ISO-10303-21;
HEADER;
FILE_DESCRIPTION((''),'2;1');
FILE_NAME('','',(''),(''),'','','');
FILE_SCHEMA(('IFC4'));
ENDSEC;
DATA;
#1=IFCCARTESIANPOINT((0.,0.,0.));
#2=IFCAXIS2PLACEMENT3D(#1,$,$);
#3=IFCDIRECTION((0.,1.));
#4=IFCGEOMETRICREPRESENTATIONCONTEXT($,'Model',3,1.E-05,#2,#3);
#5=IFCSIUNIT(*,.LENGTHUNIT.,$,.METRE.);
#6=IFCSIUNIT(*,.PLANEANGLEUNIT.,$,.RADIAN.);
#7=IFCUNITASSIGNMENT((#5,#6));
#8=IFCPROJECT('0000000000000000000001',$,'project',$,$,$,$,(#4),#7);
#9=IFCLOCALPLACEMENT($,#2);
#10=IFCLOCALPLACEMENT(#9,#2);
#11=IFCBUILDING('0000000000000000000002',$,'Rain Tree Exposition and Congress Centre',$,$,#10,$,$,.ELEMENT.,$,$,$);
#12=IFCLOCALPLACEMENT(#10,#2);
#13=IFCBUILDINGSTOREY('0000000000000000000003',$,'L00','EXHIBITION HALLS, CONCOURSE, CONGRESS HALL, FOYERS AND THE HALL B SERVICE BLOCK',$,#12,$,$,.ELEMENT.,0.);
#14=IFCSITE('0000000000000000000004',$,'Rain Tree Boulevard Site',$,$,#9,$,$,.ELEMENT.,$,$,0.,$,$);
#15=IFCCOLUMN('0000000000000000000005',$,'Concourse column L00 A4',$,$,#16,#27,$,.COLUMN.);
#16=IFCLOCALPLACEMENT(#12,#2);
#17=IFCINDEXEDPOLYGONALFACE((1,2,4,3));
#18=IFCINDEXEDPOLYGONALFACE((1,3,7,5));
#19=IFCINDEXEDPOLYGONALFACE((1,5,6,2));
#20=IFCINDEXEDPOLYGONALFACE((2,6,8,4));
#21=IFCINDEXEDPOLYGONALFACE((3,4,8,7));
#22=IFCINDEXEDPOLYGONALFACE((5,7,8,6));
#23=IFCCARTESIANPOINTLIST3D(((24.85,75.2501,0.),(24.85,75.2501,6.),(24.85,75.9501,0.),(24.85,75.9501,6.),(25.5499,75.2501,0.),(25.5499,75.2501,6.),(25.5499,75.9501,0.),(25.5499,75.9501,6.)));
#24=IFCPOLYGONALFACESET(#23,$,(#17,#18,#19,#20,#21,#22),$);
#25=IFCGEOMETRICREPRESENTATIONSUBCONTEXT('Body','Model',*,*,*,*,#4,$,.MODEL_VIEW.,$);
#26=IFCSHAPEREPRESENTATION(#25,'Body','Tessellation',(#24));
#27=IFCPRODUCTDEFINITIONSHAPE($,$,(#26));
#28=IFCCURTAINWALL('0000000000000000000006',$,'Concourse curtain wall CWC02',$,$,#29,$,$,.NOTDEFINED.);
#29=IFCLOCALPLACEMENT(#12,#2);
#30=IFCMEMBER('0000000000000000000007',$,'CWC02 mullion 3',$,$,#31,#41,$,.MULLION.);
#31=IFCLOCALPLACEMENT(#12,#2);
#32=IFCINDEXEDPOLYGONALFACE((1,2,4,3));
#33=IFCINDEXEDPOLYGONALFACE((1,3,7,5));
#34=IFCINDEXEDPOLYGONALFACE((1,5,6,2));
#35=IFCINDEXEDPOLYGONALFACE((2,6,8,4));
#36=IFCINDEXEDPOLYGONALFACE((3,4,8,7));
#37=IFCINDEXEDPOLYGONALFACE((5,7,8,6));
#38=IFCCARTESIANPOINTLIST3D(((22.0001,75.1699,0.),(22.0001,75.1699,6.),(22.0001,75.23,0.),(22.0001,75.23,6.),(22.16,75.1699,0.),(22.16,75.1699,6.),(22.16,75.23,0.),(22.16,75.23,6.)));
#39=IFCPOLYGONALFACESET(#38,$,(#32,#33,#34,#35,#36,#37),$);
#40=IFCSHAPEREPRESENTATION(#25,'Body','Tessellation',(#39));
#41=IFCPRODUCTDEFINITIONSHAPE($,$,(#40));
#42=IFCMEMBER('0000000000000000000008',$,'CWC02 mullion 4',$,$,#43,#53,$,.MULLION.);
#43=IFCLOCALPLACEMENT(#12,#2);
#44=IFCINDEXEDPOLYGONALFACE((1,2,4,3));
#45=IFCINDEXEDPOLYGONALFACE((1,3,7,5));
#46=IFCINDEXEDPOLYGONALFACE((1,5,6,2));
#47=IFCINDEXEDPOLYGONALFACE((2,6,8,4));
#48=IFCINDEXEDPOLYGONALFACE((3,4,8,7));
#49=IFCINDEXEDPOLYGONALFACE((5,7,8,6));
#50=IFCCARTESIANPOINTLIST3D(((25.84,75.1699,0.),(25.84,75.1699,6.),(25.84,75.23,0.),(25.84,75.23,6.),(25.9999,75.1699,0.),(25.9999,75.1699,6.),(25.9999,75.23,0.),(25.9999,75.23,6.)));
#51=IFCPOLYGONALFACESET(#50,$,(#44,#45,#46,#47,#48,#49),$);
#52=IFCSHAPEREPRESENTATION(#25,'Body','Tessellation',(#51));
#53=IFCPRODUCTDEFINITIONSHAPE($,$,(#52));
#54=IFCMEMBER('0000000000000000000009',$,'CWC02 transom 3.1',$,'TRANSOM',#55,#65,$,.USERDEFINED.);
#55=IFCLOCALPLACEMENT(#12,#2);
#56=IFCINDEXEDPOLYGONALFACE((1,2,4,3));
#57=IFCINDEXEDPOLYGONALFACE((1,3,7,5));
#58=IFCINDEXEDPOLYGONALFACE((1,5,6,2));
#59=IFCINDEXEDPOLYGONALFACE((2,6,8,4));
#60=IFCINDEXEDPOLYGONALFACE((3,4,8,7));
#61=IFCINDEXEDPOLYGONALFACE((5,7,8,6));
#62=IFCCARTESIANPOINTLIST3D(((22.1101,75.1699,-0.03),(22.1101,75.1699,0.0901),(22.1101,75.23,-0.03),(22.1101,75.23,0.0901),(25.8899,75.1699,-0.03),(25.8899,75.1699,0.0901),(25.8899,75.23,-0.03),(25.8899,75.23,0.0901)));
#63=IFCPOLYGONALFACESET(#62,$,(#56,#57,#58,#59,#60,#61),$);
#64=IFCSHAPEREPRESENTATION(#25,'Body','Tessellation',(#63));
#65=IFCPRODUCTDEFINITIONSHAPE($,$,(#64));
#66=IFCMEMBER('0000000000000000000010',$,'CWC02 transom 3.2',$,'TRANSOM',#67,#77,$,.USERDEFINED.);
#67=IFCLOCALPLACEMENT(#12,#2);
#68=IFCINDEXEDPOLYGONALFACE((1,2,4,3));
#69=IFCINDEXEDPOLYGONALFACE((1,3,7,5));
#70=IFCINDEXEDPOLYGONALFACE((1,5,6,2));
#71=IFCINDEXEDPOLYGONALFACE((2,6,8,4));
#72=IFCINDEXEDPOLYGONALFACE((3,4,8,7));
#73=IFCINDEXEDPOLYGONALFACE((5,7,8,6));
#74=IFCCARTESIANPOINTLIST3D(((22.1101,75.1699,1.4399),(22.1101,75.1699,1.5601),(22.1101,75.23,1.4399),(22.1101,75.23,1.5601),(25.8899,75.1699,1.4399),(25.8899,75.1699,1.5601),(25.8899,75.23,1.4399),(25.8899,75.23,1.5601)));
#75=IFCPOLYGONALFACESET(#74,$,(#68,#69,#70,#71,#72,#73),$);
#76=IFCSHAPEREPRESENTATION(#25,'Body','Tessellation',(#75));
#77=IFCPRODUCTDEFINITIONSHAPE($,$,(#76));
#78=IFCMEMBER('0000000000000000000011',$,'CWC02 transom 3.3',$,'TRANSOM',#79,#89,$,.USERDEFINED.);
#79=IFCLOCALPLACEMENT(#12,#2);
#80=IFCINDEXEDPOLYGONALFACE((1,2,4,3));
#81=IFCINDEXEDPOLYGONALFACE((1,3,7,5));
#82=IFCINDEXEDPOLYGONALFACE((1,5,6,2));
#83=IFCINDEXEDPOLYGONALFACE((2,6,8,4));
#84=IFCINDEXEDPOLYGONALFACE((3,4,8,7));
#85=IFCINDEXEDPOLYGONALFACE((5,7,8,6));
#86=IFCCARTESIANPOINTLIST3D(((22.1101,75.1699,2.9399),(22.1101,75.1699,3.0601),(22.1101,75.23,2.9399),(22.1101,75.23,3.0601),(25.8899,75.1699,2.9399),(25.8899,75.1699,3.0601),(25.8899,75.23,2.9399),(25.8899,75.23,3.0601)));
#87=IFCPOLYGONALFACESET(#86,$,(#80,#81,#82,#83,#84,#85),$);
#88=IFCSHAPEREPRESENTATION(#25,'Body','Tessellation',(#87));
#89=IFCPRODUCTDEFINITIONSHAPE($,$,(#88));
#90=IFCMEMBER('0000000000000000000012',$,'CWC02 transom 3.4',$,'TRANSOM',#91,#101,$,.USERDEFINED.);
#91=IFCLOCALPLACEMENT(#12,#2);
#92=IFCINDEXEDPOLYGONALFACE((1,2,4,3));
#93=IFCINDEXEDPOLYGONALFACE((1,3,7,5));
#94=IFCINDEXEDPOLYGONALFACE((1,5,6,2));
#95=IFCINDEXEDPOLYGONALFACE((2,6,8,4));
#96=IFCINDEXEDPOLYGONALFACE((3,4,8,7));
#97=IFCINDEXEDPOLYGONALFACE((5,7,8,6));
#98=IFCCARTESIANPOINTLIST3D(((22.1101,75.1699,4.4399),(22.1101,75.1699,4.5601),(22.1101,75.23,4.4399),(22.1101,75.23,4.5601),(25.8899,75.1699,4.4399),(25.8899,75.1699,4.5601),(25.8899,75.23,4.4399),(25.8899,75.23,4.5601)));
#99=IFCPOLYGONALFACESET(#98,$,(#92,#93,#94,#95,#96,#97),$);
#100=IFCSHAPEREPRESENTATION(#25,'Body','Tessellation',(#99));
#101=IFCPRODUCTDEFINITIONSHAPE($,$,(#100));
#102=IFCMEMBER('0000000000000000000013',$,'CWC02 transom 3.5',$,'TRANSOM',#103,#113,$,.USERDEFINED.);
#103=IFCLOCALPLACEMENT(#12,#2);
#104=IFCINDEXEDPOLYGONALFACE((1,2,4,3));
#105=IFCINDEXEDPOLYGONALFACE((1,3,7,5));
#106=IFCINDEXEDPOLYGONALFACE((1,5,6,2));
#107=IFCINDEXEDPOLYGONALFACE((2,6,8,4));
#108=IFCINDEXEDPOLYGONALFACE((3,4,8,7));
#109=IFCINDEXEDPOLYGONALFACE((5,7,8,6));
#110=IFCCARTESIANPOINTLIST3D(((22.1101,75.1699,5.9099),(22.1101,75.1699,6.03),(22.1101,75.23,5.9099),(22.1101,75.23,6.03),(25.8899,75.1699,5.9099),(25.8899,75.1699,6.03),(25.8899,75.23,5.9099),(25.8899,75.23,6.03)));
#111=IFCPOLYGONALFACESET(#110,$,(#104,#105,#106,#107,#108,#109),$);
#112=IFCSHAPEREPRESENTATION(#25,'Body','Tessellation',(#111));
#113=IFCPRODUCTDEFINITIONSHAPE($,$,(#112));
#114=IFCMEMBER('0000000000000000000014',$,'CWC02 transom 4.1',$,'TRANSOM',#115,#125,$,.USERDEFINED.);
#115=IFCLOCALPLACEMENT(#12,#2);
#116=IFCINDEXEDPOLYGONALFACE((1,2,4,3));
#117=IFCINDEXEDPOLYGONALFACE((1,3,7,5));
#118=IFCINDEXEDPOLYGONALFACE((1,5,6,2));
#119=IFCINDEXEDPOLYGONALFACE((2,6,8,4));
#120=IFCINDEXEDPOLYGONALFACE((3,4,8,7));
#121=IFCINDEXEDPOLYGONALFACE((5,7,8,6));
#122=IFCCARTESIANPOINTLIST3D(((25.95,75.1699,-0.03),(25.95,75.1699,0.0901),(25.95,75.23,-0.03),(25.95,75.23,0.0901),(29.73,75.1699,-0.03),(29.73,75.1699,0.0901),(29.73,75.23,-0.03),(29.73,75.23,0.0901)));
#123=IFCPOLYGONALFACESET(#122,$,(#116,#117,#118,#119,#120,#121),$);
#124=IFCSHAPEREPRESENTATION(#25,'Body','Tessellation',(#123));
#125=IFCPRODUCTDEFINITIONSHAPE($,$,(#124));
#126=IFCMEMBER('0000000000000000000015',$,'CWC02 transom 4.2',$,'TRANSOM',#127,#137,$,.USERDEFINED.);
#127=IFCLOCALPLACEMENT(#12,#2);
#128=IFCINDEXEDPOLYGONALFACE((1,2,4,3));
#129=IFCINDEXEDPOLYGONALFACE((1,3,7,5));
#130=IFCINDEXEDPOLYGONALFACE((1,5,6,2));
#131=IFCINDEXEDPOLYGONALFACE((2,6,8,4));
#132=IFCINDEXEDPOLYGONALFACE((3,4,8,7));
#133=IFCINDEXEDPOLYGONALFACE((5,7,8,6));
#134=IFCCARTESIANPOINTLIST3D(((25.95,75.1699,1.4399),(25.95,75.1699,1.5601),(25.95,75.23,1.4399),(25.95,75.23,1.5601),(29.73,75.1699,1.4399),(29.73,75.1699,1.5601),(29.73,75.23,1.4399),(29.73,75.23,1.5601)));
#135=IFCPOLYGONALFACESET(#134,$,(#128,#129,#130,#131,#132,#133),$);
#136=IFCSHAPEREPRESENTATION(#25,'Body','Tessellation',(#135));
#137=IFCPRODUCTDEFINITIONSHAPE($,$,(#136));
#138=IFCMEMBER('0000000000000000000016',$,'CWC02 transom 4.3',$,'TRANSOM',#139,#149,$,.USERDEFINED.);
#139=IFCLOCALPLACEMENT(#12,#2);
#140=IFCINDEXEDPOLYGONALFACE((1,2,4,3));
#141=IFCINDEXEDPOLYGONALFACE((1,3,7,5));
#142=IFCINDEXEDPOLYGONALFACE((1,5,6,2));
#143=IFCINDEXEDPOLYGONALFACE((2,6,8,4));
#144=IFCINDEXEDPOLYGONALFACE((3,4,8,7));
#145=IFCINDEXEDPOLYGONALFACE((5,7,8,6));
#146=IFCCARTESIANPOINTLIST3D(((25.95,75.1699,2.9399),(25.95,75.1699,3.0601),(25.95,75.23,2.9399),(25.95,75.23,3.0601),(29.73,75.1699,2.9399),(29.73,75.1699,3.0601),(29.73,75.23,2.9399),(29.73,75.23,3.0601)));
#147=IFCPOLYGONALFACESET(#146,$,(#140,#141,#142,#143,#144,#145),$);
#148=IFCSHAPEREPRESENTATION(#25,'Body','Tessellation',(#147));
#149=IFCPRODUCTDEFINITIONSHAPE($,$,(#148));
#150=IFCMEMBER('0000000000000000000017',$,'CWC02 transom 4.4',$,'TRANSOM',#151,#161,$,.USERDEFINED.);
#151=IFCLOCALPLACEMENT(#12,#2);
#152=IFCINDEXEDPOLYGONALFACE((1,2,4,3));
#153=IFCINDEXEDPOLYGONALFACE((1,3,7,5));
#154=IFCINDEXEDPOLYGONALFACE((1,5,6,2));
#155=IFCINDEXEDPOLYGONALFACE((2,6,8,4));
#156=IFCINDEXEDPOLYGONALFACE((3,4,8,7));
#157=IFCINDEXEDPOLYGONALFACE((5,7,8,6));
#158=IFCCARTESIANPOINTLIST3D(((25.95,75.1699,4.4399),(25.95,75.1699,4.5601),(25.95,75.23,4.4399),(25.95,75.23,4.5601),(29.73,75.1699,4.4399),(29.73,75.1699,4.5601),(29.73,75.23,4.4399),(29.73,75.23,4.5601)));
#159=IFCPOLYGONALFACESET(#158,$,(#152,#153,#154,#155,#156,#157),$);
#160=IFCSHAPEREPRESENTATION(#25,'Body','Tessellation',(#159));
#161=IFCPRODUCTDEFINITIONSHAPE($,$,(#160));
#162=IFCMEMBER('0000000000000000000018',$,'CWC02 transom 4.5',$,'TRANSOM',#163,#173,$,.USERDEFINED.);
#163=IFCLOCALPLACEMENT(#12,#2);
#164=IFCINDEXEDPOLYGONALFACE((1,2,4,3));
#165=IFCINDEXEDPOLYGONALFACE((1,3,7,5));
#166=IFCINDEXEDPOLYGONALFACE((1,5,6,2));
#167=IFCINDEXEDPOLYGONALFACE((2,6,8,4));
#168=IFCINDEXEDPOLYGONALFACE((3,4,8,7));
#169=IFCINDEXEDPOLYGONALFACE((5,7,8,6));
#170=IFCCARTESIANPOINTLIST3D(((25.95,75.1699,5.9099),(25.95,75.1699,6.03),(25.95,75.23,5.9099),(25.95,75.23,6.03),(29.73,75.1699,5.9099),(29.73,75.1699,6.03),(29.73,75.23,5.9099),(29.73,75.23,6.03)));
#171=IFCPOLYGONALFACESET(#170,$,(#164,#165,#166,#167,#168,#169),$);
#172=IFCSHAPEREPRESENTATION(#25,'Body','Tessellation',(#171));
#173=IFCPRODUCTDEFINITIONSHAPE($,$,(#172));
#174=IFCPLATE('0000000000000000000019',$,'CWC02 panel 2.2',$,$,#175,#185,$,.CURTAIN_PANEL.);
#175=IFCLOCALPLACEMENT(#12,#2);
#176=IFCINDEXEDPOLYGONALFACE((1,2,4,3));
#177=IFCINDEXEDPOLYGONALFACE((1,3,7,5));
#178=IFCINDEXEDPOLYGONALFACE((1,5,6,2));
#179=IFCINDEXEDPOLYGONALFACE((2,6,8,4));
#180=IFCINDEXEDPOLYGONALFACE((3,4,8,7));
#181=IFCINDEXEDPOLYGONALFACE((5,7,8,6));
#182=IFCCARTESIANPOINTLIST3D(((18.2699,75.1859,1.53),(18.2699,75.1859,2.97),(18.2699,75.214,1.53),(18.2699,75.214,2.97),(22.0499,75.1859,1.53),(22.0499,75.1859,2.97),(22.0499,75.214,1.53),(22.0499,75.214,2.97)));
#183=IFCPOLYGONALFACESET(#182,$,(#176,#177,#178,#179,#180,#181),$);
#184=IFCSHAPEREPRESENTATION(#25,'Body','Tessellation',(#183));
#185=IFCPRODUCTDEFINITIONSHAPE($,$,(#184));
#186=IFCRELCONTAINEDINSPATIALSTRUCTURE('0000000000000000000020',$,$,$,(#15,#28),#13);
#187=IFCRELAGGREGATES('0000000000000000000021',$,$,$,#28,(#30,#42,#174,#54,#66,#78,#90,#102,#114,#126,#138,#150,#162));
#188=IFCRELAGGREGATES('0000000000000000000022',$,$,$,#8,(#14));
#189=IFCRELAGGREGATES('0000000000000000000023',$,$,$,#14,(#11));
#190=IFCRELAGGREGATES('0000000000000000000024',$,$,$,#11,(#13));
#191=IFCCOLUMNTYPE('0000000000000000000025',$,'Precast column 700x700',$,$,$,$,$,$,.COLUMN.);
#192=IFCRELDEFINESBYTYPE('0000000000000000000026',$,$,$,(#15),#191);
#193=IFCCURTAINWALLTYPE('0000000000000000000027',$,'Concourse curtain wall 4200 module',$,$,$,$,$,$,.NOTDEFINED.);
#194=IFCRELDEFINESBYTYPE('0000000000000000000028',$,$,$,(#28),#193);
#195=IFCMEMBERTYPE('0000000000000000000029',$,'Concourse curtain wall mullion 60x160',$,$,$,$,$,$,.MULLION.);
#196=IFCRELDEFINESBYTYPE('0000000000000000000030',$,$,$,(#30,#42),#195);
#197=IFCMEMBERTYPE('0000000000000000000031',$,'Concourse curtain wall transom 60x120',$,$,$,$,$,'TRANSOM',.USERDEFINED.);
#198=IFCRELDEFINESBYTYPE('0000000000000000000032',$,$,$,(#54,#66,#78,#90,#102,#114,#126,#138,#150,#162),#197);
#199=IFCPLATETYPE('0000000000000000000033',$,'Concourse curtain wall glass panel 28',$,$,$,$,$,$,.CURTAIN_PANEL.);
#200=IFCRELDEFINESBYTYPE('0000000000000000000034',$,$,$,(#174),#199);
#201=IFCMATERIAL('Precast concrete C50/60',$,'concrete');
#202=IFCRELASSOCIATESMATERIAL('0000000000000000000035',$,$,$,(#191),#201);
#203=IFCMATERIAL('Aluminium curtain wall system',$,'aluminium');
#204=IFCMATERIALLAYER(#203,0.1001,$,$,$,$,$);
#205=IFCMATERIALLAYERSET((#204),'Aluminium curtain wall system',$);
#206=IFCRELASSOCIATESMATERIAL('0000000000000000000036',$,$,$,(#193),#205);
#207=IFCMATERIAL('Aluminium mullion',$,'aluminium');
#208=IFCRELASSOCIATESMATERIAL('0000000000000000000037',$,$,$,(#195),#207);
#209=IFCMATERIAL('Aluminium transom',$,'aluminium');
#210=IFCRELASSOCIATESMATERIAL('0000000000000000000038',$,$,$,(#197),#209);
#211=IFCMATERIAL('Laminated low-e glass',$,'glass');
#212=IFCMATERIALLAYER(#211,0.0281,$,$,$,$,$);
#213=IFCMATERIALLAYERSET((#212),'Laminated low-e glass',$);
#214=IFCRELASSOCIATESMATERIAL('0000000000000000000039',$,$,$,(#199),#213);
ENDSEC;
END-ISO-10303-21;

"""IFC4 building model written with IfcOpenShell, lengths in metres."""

from ifc_helpers import new_model, si_unit, direction, frame, origin, origin_2d, place, context, subcontext, project, spatial, rectangle, extrude, material, layer, layer_set, material_profile, profile_set, type_object, element, aggregate, save


model = new_model("IFC4")

# Units and contexts
model_context = context("Model", 3, precision=1e-05, world=origin(), true_north=direction((0.0, 1.0)))
body_context = subcontext(model_context, "Body", "Model", "MODEL_VIEW")
ifc_project = project(units=[si_unit("LENGTHUNIT", "METRE"), si_unit("PLANEANGLEUNIT", "RADIAN")], contexts=[model_context])

# Site, building, storey
site_placement = place(None, origin())
site = spatial("IfcSite", under=ifc_project, at=site_placement, Name="Rain Tree Boulevard Site", CompositionType="ELEMENT", RefElevation=0.0)
building_placement = place(site_placement, origin())
building = spatial("IfcBuilding", under=site, at=building_placement, Name="Rain Tree Exposition and Congress Centre", CompositionType="ELEMENT")
storey_placement = place(building_placement, origin())
storey = spatial("IfcBuildingStorey", under=building, at=storey_placement, Name="L00", Description="EXHIBITION HALLS, CONCOURSE, CONGRESS HALL, FOYERS AND THE HALL B SERVICE BLOCK", CompositionType="ELEMENT", Elevation=0.0)

# Column
ifc_material_1 = material(Name="Precast concrete C50/60", Category="concrete")
ifc_material_profile_1 = material_profile(ifc_material_1, rectangle(XDim=0.7, YDim=0.7, at=origin_2d()), Name="RC 700x700")
ifc_profile_set_1 = profile_set([ifc_material_profile_1], Name="Precast concrete C50/60")
column_type = type_object("IfcColumnType", Name="Precast column 700x700", PredefinedType="COLUMN", material=ifc_profile_set_1)
column_placement = place(storey_placement, frame((25.2, 75.6001, 0.0), z_axis=(0.0, 0.0, 1.0), x_axis=(1.0, 0.0, 0.0)))
element("IfcColumn", 1, at=column_placement, inside=storey, type_object=column_type, Name="Concourse column L00 A4", PredefinedType="COLUMN", context=body_context, shape_type="SweptSolid", body=[
    extrude(rectangle(XDim=0.7, YDim=0.7, at=origin_2d()), origin(), (0.0, 0.0, 1.0), 6.0),
])

# Curtain wall, members, plate
ifc_material_2 = material(Name="Aluminium curtain wall system", Category="aluminium")
ifc_layer_1 = layer(ifc_material_2, 0.1001)
ifc_layer_set_1 = layer_set([ifc_layer_1], Name="Aluminium curtain wall system")
curtain_wall_type = type_object("IfcCurtainWallType", Name="Concourse curtain wall 4200 module", PredefinedType="NOTDEFINED", material=ifc_layer_set_1)
curtain_wall_placement = place(storey_placement, origin())
curtain_wall = element("IfcCurtainWall", 2, at=curtain_wall_placement, inside=storey, type_object=curtain_wall_type, Name="Concourse curtain wall CWC02", PredefinedType="NOTDEFINED")
ifc_material_3 = material(Name="Aluminium mullion", Category="aluminium")
ifc_material_profile_2 = material_profile(ifc_material_3, rectangle(XDim=0.0601, YDim=0.1599, at=origin_2d()), Name="AL 60x160")
ifc_profile_set_2 = profile_set([ifc_material_profile_2], Name="Aluminium mullion")
member_type_1 = type_object("IfcMemberType", Name="Concourse curtain wall mullion 60x160", PredefinedType="MULLION", material=ifc_profile_set_2)
member_1_placement = place(storey_placement, frame((22.0801, 75.2, 0.0), z_axis=(0.0, 0.0, 1.0), x_axis=(0.0, 1.0, 0.0)))
member_1 = element("IfcMember", 3, at=member_1_placement, type_object=member_type_1, Name="CWC02 mullion 3", PredefinedType="MULLION", context=body_context, shape_type="SweptSolid", body=[
    extrude(rectangle(XDim=0.0601, YDim=0.1599, at=origin_2d()), origin(), (0.0, 0.0, 1.0), 6.0),
])
member_2_placement = place(storey_placement, frame((25.9199, 75.2, 0.0), z_axis=(0.0, 0.0, 1.0), x_axis=(0.0, 1.0, 0.0)))
member_2 = element("IfcMember", 4, at=member_2_placement, type_object=member_type_1, Name="CWC02 mullion 4", PredefinedType="MULLION", context=body_context, shape_type="SweptSolid", body=[
    extrude(rectangle(XDim=0.0601, YDim=0.1599, at=origin_2d()), origin(), (0.0, 0.0, 1.0), 6.0),
])
ifc_material_4 = material(Name="Aluminium transom", Category="aluminium")
ifc_material_profile_3 = material_profile(ifc_material_4, rectangle(XDim=0.0601, YDim=0.1201, at=origin_2d()), Name="AL 60x120")
ifc_profile_set_3 = profile_set([ifc_material_profile_3], Name="Aluminium transom")
member_type_2 = type_object("IfcMemberType", Name="Concourse curtain wall transom 60x120", ElementType="TRANSOM", PredefinedType="USERDEFINED", material=ifc_profile_set_3)
member_3_placement = place(storey_placement, frame((22.1101, 75.2, 0.03), z_axis=(1.0, 0.0, 0.0), x_axis=(0.0, 1.0, 0.0)))
member_3 = element("IfcMember", 5, at=member_3_placement, type_object=member_type_2, Name="CWC02 transom 3.1", ObjectType="TRANSOM", PredefinedType="USERDEFINED", context=body_context, shape_type="SweptSolid", body=[
    extrude(rectangle(XDim=0.0601, YDim=0.1201, at=origin_2d()), origin(), (0.0, 0.0, 1.0), 3.7798),
])
member_4_placement = place(storey_placement, frame((22.1101, 75.2, 1.5), z_axis=(1.0, 0.0, 0.0), x_axis=(0.0, 1.0, 0.0)))
member_4 = element("IfcMember", 6, at=member_4_placement, type_object=member_type_2, Name="CWC02 transom 3.2", ObjectType="TRANSOM", PredefinedType="USERDEFINED", context=body_context, shape_type="SweptSolid", body=[
    extrude(rectangle(XDim=0.0601, YDim=0.1201, at=origin_2d()), origin(), (0.0, 0.0, 1.0), 3.7798),
])
member_5_placement = place(storey_placement, frame((22.1101, 75.2, 3.0), z_axis=(1.0, 0.0, 0.0), x_axis=(0.0, 1.0, 0.0)))
member_5 = element("IfcMember", 7, at=member_5_placement, type_object=member_type_2, Name="CWC02 transom 3.3", ObjectType="TRANSOM", PredefinedType="USERDEFINED", context=body_context, shape_type="SweptSolid", body=[
    extrude(rectangle(XDim=0.0601, YDim=0.1201, at=origin_2d()), origin(), (0.0, 0.0, 1.0), 3.7798),
])
member_6_placement = place(storey_placement, frame((22.1101, 75.2, 4.5), z_axis=(1.0, 0.0, 0.0), x_axis=(0.0, 1.0, 0.0)))
member_6 = element("IfcMember", 8, at=member_6_placement, type_object=member_type_2, Name="CWC02 transom 3.4", ObjectType="TRANSOM", PredefinedType="USERDEFINED", context=body_context, shape_type="SweptSolid", body=[
    extrude(rectangle(XDim=0.0601, YDim=0.1201, at=origin_2d()), origin(), (0.0, 0.0, 1.0), 3.7798),
])
member_7_placement = place(storey_placement, frame((22.1101, 75.2, 5.97), z_axis=(1.0, 0.0, 0.0), x_axis=(0.0, 1.0, 0.0)))
member_7 = element("IfcMember", 9, at=member_7_placement, type_object=member_type_2, Name="CWC02 transom 3.5", ObjectType="TRANSOM", PredefinedType="USERDEFINED", context=body_context, shape_type="SweptSolid", body=[
    extrude(rectangle(XDim=0.0601, YDim=0.1201, at=origin_2d()), origin(), (0.0, 0.0, 1.0), 3.7798),
])
member_8_placement = place(storey_placement, frame((25.95, 75.2, 0.03), z_axis=(1.0, 0.0, 0.0), x_axis=(0.0, 1.0, 0.0)))
member_8 = element("IfcMember", 10, at=member_8_placement, type_object=member_type_2, Name="CWC02 transom 4.1", ObjectType="TRANSOM", PredefinedType="USERDEFINED", context=body_context, shape_type="SweptSolid", body=[
    extrude(rectangle(XDim=0.0601, YDim=0.1201, at=origin_2d()), origin(), (0.0, 0.0, 1.0), 3.78),
])
member_9_placement = place(storey_placement, frame((25.95, 75.2, 1.5), z_axis=(1.0, 0.0, 0.0), x_axis=(0.0, 1.0, 0.0)))
member_9 = element("IfcMember", 11, at=member_9_placement, type_object=member_type_2, Name="CWC02 transom 4.2", ObjectType="TRANSOM", PredefinedType="USERDEFINED", context=body_context, shape_type="SweptSolid", body=[
    extrude(rectangle(XDim=0.0601, YDim=0.1201, at=origin_2d()), origin(), (0.0, 0.0, 1.0), 3.78),
])
member_10_placement = place(storey_placement, frame((25.95, 75.2, 3.0), z_axis=(1.0, 0.0, 0.0), x_axis=(0.0, 1.0, 0.0)))
member_10 = element("IfcMember", 12, at=member_10_placement, type_object=member_type_2, Name="CWC02 transom 4.3", ObjectType="TRANSOM", PredefinedType="USERDEFINED", context=body_context, shape_type="SweptSolid", body=[
    extrude(rectangle(XDim=0.0601, YDim=0.1201, at=origin_2d()), origin(), (0.0, 0.0, 1.0), 3.78),
])
member_11_placement = place(storey_placement, frame((25.95, 75.2, 4.5), z_axis=(1.0, 0.0, 0.0), x_axis=(0.0, 1.0, 0.0)))
member_11 = element("IfcMember", 13, at=member_11_placement, type_object=member_type_2, Name="CWC02 transom 4.4", ObjectType="TRANSOM", PredefinedType="USERDEFINED", context=body_context, shape_type="SweptSolid", body=[
    extrude(rectangle(XDim=0.0601, YDim=0.1201, at=origin_2d()), origin(), (0.0, 0.0, 1.0), 3.78),
])
member_12_placement = place(storey_placement, frame((25.95, 75.2, 5.97), z_axis=(1.0, 0.0, 0.0), x_axis=(0.0, 1.0, 0.0)))
member_12 = element("IfcMember", 14, at=member_12_placement, type_object=member_type_2, Name="CWC02 transom 4.5", ObjectType="TRANSOM", PredefinedType="USERDEFINED", context=body_context, shape_type="SweptSolid", body=[
    extrude(rectangle(XDim=0.0601, YDim=0.1201, at=origin_2d()), origin(), (0.0, 0.0, 1.0), 3.78),
])
ifc_material_5 = material(Name="Laminated low-e glass", Category="glass")
ifc_layer_2 = layer(ifc_material_5, 0.0281)
ifc_layer_set_2 = layer_set([ifc_layer_2], Name="Laminated low-e glass")
plate_type = type_object("IfcPlateType", Name="Concourse curtain wall glass panel 28", PredefinedType="CURTAIN_PANEL", material=ifc_layer_set_2)
plate_1_placement = place(storey_placement, frame((20.1599, 75.2, 1.53), z_axis=(0.0, 0.0, 1.0), x_axis=(1.0, 0.0, 0.0)))
plate_1 = element("IfcPlate", 15, at=plate_1_placement, type_object=plate_type, Name="CWC02 panel 2.2", PredefinedType="CURTAIN_PANEL", context=body_context, shape_type="SweptSolid", body=[
    extrude(rectangle(XDim=3.78, YDim=0.0281, at=origin_2d()), origin(), (0.0, 0.0, 1.0), 1.4399),
])
aggregate(curtain_wall, [member_1, member_2, plate_1, member_3, member_4, member_5, member_6, member_7, member_8, member_9, member_10, member_11, member_12])

save(model, "model.ifc")
